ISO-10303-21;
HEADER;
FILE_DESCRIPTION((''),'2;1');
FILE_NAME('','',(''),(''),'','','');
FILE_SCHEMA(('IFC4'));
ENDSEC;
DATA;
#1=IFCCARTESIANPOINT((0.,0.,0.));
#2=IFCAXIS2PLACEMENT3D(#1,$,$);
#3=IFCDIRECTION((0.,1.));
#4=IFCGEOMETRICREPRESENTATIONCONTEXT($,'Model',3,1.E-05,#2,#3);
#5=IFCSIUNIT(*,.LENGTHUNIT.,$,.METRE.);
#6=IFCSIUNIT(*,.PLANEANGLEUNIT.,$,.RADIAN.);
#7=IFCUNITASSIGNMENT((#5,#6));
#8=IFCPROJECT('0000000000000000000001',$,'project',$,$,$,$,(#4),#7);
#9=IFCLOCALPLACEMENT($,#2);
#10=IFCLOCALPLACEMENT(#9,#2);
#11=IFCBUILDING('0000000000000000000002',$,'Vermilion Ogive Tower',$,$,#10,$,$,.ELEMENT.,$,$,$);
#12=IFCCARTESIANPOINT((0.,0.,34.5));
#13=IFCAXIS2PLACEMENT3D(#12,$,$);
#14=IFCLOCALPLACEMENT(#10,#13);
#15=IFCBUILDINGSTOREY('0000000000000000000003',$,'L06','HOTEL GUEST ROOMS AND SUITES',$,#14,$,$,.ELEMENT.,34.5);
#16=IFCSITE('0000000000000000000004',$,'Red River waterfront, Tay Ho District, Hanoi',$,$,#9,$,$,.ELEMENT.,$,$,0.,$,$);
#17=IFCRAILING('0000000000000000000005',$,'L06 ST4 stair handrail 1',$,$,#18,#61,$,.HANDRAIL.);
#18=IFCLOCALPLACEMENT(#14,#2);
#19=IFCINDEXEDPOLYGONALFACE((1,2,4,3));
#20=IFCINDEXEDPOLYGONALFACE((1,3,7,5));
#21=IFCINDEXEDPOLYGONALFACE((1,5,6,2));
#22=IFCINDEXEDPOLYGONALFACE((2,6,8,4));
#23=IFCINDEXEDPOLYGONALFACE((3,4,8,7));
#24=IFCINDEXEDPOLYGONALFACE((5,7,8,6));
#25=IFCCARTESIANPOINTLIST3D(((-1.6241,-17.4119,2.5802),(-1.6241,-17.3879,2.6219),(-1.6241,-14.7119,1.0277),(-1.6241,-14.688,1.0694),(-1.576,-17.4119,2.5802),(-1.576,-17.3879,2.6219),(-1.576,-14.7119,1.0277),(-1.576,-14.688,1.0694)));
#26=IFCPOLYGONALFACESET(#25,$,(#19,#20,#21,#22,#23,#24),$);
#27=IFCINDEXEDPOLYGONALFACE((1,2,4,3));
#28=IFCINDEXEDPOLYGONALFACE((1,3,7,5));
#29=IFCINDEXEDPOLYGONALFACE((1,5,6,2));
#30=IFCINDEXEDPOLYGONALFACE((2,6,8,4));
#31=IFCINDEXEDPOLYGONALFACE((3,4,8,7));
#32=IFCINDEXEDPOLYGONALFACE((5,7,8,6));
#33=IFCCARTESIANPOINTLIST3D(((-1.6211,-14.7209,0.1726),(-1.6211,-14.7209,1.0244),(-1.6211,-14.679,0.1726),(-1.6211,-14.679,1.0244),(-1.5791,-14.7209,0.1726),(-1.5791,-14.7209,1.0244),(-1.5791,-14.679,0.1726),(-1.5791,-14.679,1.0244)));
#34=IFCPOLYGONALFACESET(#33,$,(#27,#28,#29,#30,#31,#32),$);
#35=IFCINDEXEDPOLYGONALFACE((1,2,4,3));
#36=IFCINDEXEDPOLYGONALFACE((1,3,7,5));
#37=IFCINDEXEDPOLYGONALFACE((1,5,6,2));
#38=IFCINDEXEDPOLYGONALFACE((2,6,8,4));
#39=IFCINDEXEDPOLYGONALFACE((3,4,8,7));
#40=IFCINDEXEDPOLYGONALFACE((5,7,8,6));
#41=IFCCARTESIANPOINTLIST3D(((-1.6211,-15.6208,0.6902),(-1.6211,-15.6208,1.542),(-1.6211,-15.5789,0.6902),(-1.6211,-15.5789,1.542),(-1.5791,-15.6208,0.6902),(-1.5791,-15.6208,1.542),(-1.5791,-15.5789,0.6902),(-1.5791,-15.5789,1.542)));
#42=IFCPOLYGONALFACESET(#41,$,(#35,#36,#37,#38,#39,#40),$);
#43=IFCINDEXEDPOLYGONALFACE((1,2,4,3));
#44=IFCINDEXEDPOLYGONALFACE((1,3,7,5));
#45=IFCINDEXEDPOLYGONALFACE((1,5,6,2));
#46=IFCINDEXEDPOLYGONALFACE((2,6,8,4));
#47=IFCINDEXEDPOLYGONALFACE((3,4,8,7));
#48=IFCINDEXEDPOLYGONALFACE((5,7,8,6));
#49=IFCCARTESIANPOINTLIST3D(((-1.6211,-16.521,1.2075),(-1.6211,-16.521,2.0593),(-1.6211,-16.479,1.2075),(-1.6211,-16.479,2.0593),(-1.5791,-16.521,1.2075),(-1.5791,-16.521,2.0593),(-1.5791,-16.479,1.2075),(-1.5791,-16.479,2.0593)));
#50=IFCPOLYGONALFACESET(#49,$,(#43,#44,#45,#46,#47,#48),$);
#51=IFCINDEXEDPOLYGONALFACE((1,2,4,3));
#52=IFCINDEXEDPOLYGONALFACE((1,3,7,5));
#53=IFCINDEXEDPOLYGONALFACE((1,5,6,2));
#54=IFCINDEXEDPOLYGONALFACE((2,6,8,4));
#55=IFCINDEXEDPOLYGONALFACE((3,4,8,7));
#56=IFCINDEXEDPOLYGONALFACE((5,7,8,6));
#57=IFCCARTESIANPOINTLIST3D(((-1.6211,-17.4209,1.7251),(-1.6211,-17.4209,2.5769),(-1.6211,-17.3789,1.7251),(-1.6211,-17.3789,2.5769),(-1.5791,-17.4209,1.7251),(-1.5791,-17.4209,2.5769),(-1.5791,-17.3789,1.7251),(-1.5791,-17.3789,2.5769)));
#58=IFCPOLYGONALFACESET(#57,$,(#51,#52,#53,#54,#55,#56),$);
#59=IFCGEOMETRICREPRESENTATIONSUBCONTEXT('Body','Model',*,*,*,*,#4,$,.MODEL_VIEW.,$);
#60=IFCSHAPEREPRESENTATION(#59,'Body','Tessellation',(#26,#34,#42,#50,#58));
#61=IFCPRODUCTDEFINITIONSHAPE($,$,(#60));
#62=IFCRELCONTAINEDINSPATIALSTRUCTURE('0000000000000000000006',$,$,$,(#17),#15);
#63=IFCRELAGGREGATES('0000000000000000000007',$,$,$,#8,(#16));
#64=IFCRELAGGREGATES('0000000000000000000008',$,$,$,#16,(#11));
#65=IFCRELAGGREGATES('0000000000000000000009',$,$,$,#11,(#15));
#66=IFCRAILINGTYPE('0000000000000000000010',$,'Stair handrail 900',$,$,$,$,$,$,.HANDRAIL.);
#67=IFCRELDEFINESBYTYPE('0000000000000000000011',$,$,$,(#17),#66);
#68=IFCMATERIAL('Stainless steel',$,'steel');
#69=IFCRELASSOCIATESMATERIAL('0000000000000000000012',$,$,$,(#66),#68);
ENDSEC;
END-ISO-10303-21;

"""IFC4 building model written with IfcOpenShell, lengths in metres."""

from ifc_helpers import new_model, si_unit, direction, frame, origin, origin_2d, place, context, subcontext, project, spatial, rectangle, extrude, material, type_object, element, save


model = new_model("IFC4")

# Units and contexts
model_context = context("Model", 3, precision=1e-05, world=origin(), true_north=direction((0.0, 1.0)))
body_context = subcontext(model_context, "Body", "Model", "MODEL_VIEW")
ifc_project = project(units=[si_unit("LENGTHUNIT", "METRE"), si_unit("PLANEANGLEUNIT", "RADIAN")], contexts=[model_context])

# Site, building, storey
site_placement = place(None, origin())
site = spatial("IfcSite", under=ifc_project, at=site_placement, Name="Red River waterfront, Tay Ho District, Hanoi", CompositionType="ELEMENT", RefElevation=0.0)
building_placement = place(site_placement, origin())
building = spatial("IfcBuilding", under=site, at=building_placement, Name="Vermilion Ogive Tower", CompositionType="ELEMENT")
storey_placement = place(building_placement, frame((0.0, 0.0, 34.5)))
storey = spatial("IfcBuildingStorey", under=building, at=storey_placement, Name="L06", Description="HOTEL GUEST ROOMS AND SUITES", CompositionType="ELEMENT", Elevation=34.5)

# Railing
ifc_material_1 = material(Name="Stainless steel", Category="steel")
railing_type_1 = type_object("IfcRailingType", Name="Stair handrail 900", PredefinedType="HANDRAIL", material=ifc_material_1)
railing_1_placement = place(storey_placement, frame((-1.6001, -14.7, 0.1726)))
element("IfcRailing", 1, at=railing_1_placement, inside=storey, type_object=railing_type_1, Name="L06 ST4 stair handrail 1", PredefinedType="HANDRAIL", context=body_context, shape_type="SweptSolid", body=[
    extrude(rectangle(XDim=0.0481, YDim=0.0481, at=origin_2d()), frame((0.0, 0.0, 0.876), z_axis=(0.0, -0.866904, 0.498476), x_axis=(1.0, 0.0, 0.0)), (0.0, 0.0, 1.0), 3.1145),
    extrude(rectangle(XDim=0.042, YDim=0.042, at=origin_2d()), origin(), (0.0, 0.0, 1.0), 0.8518),
    extrude(rectangle(XDim=0.042, YDim=0.042, at=origin_2d()), frame((0.0, -0.8999, 0.5176)), (0.0, 0.0, 1.0), 0.8518),
    extrude(rectangle(XDim=0.042, YDim=0.042, at=origin_2d()), frame((0.0, -1.8, 1.0349)), (0.0, 0.0, 1.0), 0.8518),
    extrude(rectangle(XDim=0.042, YDim=0.042, at=origin_2d()), frame((0.0, -2.7, 1.5525)), (0.0, 0.0, 1.0), 0.8518),
])

save(model, "model.ifc")
